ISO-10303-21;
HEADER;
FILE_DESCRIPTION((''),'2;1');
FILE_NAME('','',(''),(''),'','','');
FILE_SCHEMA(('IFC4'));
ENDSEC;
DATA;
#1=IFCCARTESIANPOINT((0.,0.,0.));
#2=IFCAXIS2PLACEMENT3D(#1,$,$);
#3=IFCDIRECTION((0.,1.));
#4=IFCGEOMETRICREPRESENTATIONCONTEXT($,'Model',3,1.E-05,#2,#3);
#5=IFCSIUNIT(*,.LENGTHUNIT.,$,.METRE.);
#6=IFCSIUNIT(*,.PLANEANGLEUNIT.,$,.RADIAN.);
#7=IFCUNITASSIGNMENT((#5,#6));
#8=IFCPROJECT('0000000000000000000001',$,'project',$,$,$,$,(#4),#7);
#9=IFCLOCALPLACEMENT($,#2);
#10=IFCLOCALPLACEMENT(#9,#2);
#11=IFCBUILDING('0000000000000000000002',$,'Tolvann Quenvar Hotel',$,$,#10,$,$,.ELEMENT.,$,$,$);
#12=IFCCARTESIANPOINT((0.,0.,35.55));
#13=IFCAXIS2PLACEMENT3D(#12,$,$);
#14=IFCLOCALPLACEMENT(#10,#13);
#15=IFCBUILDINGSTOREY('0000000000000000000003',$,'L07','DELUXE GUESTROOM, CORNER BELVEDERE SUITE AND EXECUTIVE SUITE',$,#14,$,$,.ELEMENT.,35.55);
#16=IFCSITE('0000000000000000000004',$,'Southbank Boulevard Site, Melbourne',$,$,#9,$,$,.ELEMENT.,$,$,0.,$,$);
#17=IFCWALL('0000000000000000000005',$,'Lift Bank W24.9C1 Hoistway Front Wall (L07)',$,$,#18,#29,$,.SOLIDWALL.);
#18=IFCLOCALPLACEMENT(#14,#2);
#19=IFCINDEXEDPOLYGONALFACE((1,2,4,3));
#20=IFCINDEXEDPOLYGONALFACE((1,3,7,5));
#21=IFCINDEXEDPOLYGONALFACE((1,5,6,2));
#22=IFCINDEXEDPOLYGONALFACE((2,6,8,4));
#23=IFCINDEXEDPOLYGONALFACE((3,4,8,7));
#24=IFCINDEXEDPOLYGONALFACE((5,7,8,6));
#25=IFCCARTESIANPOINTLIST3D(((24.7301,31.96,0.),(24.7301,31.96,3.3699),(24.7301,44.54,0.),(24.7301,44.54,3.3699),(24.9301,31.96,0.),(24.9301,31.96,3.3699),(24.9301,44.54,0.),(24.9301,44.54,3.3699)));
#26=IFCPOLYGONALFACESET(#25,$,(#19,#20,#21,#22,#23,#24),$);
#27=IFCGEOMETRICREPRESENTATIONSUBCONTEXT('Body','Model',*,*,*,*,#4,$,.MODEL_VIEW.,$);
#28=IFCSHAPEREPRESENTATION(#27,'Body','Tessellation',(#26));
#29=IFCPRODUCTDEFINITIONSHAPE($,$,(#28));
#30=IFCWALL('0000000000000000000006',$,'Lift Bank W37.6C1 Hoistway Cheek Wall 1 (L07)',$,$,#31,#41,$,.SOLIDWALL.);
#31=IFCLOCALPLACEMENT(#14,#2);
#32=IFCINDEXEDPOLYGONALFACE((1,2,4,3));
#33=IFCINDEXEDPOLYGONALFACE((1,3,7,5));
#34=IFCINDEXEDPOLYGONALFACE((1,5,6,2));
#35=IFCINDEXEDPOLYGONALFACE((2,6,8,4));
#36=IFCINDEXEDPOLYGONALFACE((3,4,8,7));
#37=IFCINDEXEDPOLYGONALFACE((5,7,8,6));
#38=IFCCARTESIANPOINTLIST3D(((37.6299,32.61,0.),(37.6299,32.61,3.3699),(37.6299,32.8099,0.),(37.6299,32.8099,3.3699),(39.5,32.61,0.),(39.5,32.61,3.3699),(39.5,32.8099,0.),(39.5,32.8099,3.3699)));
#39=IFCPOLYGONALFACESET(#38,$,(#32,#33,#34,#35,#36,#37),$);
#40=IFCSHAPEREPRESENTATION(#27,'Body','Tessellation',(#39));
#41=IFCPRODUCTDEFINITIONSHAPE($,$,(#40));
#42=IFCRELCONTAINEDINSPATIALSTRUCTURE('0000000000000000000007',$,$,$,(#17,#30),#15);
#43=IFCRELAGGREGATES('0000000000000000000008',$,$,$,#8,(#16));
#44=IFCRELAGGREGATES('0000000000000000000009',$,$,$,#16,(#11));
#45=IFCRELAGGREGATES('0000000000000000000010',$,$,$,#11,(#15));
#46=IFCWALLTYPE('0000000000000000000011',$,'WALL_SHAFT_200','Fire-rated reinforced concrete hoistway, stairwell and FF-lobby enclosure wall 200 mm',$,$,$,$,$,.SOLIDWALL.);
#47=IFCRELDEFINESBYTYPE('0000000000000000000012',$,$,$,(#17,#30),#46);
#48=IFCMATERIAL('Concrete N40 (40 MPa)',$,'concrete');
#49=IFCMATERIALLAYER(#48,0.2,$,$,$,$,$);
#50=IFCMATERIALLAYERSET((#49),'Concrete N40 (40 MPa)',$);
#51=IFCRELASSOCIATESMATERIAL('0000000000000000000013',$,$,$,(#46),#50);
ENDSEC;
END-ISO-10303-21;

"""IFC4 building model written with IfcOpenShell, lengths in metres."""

from ifc_helpers import new_model, si_unit, direction, frame, frame_2d, origin, place, context, subcontext, project, spatial, rectangle, extrude, material, layer, layer_set, type_object, element, save


model = new_model("IFC4")

# Units and contexts
model_context = context("Model", 3, precision=1e-05, world=origin(), true_north=direction((0.0, 1.0)))
body_context = subcontext(model_context, "Body", "Model", "MODEL_VIEW")
ifc_project = project(units=[si_unit("LENGTHUNIT", "METRE"), si_unit("PLANEANGLEUNIT", "RADIAN")], contexts=[model_context])

# Site, building, storey
site_placement = place(None, origin())
site = spatial("IfcSite", under=ifc_project, at=site_placement, Name="Southbank Boulevard Site, Melbourne", CompositionType="ELEMENT", RefElevation=0.0)
building_placement = place(site_placement, origin())
building = spatial("IfcBuilding", under=site, at=building_placement, Name="Tolvann Quenvar Hotel", CompositionType="ELEMENT")
storey_placement = place(building_placement, frame((0.0, 0.0, 35.55)))
storey = spatial("IfcBuildingStorey", under=building, at=storey_placement, Name="L07", Description="DELUXE GUESTROOM, CORNER BELVEDERE SUITE AND EXECUTIVE SUITE", CompositionType="ELEMENT", Elevation=35.55)

# Wall
ifc_material_1 = material(Name="Concrete N40 (40 MPa)", Category="concrete")
ifc_layer_1 = layer(ifc_material_1, 0.2)
ifc_layer_set_1 = layer_set([ifc_layer_1], Name="Concrete N40 (40 MPa)")
wall_type_1 = type_object("IfcWallType", Name="WALL_SHAFT_200", Description="Fire-rated reinforced concrete hoistway, stairwell and FF-lobby enclosure wall 200 mm", PredefinedType="SOLIDWALL", material=ifc_layer_set_1)
wall_1_placement = place(storey_placement, frame((24.8301, 31.96, 0.0), z_axis=(0.0, 0.0, 1.0), x_axis=(0.0, 1.0, 0.0)))
element("IfcWall", 1, at=wall_1_placement, inside=storey, type_object=wall_type_1, Name="Lift Bank W24.9C1 Hoistway Front Wall (L07)", PredefinedType="SOLIDWALL", context=body_context, shape_type="SweptSolid", body=[
    extrude(rectangle(XDim=12.5801, YDim=0.2, at=frame_2d((6.29, 0.0))), origin(), (0.0, 0.0, 1.0), 3.3699),
])

# Wall
wall_2_placement = place(storey_placement, frame((37.6299, 32.71, 0.0), z_axis=(0.0, 0.0, 1.0), x_axis=(1.0, 0.0, 0.0)))
element("IfcWall", 2, at=wall_2_placement, inside=storey, type_object=wall_type_1, Name="Lift Bank W37.6C1 Hoistway Cheek Wall 1 (L07)", PredefinedType="SOLIDWALL", context=body_context, shape_type="SweptSolid", body=[
    extrude(rectangle(XDim=1.8701, YDim=0.2, at=frame_2d((0.9351, 0.0))), origin(), (0.0, 0.0, 1.0), 3.3699),
])

save(model, "model.ifc")
